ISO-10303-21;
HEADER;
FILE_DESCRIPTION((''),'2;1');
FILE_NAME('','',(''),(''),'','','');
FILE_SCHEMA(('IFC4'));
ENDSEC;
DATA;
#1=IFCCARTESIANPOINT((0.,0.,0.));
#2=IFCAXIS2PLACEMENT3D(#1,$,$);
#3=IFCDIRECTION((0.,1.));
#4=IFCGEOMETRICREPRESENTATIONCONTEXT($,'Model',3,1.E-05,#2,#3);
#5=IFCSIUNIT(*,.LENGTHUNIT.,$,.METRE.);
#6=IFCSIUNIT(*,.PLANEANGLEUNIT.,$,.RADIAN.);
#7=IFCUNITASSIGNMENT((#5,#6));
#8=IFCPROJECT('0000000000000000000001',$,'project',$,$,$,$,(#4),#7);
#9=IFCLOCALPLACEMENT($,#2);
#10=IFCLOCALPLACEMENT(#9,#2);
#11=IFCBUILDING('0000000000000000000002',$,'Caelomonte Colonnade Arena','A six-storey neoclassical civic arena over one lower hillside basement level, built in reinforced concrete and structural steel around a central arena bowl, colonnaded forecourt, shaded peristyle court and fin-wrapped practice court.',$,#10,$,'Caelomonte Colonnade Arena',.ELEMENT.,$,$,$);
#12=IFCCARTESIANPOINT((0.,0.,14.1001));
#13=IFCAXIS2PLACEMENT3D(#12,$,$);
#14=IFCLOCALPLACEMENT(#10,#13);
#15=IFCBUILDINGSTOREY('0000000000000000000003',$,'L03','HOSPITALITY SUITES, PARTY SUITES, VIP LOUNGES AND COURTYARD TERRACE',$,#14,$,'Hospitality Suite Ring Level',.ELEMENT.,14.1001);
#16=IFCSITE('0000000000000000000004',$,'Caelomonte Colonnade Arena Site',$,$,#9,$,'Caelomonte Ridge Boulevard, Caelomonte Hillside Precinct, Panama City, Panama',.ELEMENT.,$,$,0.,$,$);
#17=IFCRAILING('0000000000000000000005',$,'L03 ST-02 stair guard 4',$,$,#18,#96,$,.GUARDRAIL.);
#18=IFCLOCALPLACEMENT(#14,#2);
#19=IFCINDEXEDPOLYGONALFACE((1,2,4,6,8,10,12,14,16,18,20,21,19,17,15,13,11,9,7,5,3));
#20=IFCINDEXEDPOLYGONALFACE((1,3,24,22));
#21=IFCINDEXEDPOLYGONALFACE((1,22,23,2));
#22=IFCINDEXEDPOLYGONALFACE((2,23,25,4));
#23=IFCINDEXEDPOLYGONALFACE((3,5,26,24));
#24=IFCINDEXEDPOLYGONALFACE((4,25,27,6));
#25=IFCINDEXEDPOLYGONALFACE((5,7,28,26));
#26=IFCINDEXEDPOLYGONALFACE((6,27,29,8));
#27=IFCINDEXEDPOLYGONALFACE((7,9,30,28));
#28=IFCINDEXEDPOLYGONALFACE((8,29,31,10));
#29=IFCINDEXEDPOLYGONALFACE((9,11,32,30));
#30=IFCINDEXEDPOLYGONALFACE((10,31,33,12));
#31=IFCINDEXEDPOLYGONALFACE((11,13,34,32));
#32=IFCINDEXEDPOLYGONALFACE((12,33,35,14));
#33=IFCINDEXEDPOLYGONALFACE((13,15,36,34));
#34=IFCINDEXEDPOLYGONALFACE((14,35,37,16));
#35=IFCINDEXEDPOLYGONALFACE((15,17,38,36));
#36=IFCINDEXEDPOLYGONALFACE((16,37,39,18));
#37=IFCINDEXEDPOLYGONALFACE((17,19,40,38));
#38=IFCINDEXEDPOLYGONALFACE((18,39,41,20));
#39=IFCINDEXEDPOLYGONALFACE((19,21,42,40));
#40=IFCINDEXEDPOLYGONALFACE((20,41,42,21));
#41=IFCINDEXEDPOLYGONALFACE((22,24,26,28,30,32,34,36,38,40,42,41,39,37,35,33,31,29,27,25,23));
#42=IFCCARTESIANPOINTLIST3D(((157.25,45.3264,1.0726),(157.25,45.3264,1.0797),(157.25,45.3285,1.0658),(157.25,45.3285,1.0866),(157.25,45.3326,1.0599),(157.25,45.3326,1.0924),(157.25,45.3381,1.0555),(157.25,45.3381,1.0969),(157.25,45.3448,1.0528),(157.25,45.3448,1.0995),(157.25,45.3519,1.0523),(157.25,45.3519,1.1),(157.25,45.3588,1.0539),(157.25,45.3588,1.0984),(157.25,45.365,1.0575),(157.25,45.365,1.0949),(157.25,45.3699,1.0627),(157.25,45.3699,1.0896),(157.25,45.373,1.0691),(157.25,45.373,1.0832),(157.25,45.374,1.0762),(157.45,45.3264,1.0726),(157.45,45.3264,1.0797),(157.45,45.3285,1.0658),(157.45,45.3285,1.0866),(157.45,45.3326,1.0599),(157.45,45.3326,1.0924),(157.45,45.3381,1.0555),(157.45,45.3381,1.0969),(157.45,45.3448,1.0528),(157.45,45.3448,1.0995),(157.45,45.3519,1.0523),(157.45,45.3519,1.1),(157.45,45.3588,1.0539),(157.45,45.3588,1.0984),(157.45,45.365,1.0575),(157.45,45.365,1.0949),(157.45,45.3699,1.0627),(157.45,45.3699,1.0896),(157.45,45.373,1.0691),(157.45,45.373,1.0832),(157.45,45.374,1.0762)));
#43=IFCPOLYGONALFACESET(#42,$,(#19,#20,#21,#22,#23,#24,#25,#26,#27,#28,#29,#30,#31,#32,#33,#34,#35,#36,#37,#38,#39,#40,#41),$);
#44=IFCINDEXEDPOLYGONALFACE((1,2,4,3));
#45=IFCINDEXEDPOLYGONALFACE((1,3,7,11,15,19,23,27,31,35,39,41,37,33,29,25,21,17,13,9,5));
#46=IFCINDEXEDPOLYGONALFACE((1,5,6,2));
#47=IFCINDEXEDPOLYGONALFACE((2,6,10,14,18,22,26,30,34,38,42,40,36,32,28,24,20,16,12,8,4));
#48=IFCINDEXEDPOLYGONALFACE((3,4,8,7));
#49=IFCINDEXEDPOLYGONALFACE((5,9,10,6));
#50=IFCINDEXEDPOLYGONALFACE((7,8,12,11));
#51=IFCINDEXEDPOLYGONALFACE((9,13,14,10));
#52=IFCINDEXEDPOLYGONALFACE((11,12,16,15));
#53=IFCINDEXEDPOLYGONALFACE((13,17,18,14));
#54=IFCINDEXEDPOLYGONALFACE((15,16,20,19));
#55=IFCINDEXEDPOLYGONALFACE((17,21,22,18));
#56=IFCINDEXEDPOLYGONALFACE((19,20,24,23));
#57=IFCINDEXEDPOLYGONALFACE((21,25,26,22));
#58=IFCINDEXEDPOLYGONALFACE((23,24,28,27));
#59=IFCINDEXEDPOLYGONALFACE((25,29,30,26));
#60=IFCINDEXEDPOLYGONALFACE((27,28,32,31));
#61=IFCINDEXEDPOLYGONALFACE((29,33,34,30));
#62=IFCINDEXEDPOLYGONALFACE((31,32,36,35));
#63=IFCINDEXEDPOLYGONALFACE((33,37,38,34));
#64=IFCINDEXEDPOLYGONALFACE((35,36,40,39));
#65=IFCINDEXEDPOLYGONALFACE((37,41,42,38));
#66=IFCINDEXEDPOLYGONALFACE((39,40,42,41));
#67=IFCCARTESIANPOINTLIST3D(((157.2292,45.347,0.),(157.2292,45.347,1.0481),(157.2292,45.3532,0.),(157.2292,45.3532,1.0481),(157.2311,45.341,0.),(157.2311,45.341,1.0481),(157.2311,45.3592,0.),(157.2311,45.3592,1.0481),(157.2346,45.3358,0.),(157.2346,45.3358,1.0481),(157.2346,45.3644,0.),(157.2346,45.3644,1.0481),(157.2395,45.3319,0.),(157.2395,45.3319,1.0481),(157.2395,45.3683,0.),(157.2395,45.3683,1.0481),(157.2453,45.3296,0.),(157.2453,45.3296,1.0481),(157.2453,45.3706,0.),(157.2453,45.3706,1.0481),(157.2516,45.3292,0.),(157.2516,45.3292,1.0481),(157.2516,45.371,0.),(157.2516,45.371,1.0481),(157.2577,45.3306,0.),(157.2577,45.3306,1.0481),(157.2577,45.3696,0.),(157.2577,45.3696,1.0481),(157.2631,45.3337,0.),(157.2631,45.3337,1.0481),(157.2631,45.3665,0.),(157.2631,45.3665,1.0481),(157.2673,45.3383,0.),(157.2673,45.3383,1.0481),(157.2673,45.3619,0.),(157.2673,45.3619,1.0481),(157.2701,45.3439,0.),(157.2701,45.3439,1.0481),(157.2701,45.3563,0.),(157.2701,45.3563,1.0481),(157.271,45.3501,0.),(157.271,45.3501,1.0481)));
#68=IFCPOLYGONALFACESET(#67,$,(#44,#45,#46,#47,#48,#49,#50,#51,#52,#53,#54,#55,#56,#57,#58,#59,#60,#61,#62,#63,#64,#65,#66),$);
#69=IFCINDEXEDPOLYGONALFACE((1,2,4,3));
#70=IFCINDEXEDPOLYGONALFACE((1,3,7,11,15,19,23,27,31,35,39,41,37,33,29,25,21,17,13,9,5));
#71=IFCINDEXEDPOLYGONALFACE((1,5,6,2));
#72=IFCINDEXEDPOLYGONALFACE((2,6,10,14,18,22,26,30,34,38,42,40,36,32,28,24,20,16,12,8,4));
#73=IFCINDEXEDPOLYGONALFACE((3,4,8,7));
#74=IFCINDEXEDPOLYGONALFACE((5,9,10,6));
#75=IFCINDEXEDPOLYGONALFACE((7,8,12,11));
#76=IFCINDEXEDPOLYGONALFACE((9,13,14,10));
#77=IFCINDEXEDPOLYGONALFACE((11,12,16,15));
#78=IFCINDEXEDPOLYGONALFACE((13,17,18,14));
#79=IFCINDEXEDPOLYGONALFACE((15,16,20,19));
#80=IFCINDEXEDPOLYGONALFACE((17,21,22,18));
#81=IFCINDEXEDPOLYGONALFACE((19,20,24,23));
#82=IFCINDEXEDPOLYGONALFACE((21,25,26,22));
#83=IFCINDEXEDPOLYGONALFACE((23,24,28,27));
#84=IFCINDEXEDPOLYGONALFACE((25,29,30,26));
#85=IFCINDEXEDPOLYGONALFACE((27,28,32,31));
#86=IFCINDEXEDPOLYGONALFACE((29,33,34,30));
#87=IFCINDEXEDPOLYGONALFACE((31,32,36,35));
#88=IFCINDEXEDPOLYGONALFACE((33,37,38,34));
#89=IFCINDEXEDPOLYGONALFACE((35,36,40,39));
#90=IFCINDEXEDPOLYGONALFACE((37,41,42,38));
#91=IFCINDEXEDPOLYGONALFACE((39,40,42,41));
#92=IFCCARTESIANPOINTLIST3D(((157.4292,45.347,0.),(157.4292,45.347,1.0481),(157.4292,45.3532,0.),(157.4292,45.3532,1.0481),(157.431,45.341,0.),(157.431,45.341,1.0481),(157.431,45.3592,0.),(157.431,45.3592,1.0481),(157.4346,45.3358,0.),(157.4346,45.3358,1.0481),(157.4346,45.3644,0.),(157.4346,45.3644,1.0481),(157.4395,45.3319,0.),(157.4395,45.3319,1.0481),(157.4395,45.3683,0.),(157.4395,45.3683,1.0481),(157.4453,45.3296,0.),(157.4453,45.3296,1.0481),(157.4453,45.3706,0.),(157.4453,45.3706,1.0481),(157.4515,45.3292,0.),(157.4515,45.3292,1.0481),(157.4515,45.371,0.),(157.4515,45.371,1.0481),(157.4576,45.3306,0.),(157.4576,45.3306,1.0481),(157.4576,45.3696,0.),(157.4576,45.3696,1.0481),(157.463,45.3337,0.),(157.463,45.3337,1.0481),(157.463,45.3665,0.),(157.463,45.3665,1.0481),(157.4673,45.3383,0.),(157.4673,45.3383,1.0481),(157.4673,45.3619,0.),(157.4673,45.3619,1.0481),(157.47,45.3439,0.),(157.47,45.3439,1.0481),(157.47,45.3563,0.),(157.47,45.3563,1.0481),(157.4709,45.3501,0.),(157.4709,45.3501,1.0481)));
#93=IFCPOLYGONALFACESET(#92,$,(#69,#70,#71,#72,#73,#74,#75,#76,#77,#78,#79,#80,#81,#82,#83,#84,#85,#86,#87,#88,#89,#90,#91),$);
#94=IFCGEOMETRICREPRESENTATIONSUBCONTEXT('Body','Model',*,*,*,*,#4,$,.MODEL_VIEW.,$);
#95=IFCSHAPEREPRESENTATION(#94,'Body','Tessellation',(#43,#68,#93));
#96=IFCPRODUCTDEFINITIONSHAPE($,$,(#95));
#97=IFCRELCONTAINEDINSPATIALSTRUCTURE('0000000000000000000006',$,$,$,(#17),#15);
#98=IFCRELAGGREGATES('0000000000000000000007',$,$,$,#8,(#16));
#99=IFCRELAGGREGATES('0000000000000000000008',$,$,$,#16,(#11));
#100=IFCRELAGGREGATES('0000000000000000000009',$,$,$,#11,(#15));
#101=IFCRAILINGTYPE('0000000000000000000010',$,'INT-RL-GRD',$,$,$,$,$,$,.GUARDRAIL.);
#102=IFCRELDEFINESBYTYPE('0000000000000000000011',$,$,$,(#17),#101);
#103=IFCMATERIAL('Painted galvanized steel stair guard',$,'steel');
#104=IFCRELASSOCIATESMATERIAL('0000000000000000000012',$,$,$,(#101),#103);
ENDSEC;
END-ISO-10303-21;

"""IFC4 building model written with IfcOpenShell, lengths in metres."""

from ifc_helpers import new_model, si_unit, direction, frame, origin, origin_2d, place, context, subcontext, project, spatial, circle, extrude, material, type_object, element, save


model = new_model("IFC4")

# Units and contexts
model_context = context("Model", 3, precision=1e-05, world=origin(), true_north=direction((0.0, 1.0)))
body_context = subcontext(model_context, "Body", "Model", "MODEL_VIEW")
ifc_project = project(units=[si_unit("LENGTHUNIT", "METRE"), si_unit("PLANEANGLEUNIT", "RADIAN")], contexts=[model_context])

# Site, building, storey
site_placement = place(None, origin())
site = spatial("IfcSite", under=ifc_project, at=site_placement, Name="Caelomonte Colonnade Arena Site", LongName="Caelomonte Ridge Boulevard, Caelomonte Hillside Precinct, Panama City, Panama", CompositionType="ELEMENT", RefElevation=0.0)
building_placement = place(site_placement, origin())
building = spatial("IfcBuilding", under=site, at=building_placement, Name="Caelomonte Colonnade Arena", Description="A six-storey neoclassical civic arena over one lower hillside basement level, built in reinforced concrete and structural steel around a central arena bowl, colonnaded forecourt, shaded peristyle court and fin-wrapped practice court.", LongName="Caelomonte Colonnade Arena", CompositionType="ELEMENT")
storey_placement = place(building_placement, frame((0.0, 0.0, 14.1001)))
storey = spatial("IfcBuildingStorey", under=building, at=storey_placement, Name="L03", Description="HOSPITALITY SUITES, PARTY SUITES, VIP LOUNGES AND COURTYARD TERRACE", LongName="Hospitality Suite Ring Level", CompositionType="ELEMENT", Elevation=14.1001)

# Railing
ifc_material_1 = material(Name="Painted galvanized steel stair guard", Category="steel")
railing_type_1 = type_object("IfcRailingType", Name="INT-RL-GRD", PredefinedType="GUARDRAIL", material=ifc_material_1)
railing_1_placement = place(storey_placement, frame((157.25, 45.3501, 0.0)))
element("IfcRailing", 1, at=railing_1_placement, inside=storey, type_object=railing_type_1, Name="L03 ST-02 stair guard 4", PredefinedType="GUARDRAIL", context=body_context, shape_type="SweptSolid", body=[
    extrude(circle(Radius=0.0239, at=origin_2d()), frame((0.0, 0.0, 1.0762), z_axis=(1.0, 0.0, 0.0), x_axis=(0.0, 1.0, 0.0)), (0.0, 0.0, 1.0), 0.2),
    extrude(circle(Radius=0.021, at=origin_2d()), origin(), (0.0, 0.0, 1.0), 1.0481),
    extrude(circle(Radius=0.021, at=origin_2d()), frame((0.2, 0.0, 0.0)), (0.0, 0.0, 1.0), 1.0481),
])

save(model, "model.ifc")
